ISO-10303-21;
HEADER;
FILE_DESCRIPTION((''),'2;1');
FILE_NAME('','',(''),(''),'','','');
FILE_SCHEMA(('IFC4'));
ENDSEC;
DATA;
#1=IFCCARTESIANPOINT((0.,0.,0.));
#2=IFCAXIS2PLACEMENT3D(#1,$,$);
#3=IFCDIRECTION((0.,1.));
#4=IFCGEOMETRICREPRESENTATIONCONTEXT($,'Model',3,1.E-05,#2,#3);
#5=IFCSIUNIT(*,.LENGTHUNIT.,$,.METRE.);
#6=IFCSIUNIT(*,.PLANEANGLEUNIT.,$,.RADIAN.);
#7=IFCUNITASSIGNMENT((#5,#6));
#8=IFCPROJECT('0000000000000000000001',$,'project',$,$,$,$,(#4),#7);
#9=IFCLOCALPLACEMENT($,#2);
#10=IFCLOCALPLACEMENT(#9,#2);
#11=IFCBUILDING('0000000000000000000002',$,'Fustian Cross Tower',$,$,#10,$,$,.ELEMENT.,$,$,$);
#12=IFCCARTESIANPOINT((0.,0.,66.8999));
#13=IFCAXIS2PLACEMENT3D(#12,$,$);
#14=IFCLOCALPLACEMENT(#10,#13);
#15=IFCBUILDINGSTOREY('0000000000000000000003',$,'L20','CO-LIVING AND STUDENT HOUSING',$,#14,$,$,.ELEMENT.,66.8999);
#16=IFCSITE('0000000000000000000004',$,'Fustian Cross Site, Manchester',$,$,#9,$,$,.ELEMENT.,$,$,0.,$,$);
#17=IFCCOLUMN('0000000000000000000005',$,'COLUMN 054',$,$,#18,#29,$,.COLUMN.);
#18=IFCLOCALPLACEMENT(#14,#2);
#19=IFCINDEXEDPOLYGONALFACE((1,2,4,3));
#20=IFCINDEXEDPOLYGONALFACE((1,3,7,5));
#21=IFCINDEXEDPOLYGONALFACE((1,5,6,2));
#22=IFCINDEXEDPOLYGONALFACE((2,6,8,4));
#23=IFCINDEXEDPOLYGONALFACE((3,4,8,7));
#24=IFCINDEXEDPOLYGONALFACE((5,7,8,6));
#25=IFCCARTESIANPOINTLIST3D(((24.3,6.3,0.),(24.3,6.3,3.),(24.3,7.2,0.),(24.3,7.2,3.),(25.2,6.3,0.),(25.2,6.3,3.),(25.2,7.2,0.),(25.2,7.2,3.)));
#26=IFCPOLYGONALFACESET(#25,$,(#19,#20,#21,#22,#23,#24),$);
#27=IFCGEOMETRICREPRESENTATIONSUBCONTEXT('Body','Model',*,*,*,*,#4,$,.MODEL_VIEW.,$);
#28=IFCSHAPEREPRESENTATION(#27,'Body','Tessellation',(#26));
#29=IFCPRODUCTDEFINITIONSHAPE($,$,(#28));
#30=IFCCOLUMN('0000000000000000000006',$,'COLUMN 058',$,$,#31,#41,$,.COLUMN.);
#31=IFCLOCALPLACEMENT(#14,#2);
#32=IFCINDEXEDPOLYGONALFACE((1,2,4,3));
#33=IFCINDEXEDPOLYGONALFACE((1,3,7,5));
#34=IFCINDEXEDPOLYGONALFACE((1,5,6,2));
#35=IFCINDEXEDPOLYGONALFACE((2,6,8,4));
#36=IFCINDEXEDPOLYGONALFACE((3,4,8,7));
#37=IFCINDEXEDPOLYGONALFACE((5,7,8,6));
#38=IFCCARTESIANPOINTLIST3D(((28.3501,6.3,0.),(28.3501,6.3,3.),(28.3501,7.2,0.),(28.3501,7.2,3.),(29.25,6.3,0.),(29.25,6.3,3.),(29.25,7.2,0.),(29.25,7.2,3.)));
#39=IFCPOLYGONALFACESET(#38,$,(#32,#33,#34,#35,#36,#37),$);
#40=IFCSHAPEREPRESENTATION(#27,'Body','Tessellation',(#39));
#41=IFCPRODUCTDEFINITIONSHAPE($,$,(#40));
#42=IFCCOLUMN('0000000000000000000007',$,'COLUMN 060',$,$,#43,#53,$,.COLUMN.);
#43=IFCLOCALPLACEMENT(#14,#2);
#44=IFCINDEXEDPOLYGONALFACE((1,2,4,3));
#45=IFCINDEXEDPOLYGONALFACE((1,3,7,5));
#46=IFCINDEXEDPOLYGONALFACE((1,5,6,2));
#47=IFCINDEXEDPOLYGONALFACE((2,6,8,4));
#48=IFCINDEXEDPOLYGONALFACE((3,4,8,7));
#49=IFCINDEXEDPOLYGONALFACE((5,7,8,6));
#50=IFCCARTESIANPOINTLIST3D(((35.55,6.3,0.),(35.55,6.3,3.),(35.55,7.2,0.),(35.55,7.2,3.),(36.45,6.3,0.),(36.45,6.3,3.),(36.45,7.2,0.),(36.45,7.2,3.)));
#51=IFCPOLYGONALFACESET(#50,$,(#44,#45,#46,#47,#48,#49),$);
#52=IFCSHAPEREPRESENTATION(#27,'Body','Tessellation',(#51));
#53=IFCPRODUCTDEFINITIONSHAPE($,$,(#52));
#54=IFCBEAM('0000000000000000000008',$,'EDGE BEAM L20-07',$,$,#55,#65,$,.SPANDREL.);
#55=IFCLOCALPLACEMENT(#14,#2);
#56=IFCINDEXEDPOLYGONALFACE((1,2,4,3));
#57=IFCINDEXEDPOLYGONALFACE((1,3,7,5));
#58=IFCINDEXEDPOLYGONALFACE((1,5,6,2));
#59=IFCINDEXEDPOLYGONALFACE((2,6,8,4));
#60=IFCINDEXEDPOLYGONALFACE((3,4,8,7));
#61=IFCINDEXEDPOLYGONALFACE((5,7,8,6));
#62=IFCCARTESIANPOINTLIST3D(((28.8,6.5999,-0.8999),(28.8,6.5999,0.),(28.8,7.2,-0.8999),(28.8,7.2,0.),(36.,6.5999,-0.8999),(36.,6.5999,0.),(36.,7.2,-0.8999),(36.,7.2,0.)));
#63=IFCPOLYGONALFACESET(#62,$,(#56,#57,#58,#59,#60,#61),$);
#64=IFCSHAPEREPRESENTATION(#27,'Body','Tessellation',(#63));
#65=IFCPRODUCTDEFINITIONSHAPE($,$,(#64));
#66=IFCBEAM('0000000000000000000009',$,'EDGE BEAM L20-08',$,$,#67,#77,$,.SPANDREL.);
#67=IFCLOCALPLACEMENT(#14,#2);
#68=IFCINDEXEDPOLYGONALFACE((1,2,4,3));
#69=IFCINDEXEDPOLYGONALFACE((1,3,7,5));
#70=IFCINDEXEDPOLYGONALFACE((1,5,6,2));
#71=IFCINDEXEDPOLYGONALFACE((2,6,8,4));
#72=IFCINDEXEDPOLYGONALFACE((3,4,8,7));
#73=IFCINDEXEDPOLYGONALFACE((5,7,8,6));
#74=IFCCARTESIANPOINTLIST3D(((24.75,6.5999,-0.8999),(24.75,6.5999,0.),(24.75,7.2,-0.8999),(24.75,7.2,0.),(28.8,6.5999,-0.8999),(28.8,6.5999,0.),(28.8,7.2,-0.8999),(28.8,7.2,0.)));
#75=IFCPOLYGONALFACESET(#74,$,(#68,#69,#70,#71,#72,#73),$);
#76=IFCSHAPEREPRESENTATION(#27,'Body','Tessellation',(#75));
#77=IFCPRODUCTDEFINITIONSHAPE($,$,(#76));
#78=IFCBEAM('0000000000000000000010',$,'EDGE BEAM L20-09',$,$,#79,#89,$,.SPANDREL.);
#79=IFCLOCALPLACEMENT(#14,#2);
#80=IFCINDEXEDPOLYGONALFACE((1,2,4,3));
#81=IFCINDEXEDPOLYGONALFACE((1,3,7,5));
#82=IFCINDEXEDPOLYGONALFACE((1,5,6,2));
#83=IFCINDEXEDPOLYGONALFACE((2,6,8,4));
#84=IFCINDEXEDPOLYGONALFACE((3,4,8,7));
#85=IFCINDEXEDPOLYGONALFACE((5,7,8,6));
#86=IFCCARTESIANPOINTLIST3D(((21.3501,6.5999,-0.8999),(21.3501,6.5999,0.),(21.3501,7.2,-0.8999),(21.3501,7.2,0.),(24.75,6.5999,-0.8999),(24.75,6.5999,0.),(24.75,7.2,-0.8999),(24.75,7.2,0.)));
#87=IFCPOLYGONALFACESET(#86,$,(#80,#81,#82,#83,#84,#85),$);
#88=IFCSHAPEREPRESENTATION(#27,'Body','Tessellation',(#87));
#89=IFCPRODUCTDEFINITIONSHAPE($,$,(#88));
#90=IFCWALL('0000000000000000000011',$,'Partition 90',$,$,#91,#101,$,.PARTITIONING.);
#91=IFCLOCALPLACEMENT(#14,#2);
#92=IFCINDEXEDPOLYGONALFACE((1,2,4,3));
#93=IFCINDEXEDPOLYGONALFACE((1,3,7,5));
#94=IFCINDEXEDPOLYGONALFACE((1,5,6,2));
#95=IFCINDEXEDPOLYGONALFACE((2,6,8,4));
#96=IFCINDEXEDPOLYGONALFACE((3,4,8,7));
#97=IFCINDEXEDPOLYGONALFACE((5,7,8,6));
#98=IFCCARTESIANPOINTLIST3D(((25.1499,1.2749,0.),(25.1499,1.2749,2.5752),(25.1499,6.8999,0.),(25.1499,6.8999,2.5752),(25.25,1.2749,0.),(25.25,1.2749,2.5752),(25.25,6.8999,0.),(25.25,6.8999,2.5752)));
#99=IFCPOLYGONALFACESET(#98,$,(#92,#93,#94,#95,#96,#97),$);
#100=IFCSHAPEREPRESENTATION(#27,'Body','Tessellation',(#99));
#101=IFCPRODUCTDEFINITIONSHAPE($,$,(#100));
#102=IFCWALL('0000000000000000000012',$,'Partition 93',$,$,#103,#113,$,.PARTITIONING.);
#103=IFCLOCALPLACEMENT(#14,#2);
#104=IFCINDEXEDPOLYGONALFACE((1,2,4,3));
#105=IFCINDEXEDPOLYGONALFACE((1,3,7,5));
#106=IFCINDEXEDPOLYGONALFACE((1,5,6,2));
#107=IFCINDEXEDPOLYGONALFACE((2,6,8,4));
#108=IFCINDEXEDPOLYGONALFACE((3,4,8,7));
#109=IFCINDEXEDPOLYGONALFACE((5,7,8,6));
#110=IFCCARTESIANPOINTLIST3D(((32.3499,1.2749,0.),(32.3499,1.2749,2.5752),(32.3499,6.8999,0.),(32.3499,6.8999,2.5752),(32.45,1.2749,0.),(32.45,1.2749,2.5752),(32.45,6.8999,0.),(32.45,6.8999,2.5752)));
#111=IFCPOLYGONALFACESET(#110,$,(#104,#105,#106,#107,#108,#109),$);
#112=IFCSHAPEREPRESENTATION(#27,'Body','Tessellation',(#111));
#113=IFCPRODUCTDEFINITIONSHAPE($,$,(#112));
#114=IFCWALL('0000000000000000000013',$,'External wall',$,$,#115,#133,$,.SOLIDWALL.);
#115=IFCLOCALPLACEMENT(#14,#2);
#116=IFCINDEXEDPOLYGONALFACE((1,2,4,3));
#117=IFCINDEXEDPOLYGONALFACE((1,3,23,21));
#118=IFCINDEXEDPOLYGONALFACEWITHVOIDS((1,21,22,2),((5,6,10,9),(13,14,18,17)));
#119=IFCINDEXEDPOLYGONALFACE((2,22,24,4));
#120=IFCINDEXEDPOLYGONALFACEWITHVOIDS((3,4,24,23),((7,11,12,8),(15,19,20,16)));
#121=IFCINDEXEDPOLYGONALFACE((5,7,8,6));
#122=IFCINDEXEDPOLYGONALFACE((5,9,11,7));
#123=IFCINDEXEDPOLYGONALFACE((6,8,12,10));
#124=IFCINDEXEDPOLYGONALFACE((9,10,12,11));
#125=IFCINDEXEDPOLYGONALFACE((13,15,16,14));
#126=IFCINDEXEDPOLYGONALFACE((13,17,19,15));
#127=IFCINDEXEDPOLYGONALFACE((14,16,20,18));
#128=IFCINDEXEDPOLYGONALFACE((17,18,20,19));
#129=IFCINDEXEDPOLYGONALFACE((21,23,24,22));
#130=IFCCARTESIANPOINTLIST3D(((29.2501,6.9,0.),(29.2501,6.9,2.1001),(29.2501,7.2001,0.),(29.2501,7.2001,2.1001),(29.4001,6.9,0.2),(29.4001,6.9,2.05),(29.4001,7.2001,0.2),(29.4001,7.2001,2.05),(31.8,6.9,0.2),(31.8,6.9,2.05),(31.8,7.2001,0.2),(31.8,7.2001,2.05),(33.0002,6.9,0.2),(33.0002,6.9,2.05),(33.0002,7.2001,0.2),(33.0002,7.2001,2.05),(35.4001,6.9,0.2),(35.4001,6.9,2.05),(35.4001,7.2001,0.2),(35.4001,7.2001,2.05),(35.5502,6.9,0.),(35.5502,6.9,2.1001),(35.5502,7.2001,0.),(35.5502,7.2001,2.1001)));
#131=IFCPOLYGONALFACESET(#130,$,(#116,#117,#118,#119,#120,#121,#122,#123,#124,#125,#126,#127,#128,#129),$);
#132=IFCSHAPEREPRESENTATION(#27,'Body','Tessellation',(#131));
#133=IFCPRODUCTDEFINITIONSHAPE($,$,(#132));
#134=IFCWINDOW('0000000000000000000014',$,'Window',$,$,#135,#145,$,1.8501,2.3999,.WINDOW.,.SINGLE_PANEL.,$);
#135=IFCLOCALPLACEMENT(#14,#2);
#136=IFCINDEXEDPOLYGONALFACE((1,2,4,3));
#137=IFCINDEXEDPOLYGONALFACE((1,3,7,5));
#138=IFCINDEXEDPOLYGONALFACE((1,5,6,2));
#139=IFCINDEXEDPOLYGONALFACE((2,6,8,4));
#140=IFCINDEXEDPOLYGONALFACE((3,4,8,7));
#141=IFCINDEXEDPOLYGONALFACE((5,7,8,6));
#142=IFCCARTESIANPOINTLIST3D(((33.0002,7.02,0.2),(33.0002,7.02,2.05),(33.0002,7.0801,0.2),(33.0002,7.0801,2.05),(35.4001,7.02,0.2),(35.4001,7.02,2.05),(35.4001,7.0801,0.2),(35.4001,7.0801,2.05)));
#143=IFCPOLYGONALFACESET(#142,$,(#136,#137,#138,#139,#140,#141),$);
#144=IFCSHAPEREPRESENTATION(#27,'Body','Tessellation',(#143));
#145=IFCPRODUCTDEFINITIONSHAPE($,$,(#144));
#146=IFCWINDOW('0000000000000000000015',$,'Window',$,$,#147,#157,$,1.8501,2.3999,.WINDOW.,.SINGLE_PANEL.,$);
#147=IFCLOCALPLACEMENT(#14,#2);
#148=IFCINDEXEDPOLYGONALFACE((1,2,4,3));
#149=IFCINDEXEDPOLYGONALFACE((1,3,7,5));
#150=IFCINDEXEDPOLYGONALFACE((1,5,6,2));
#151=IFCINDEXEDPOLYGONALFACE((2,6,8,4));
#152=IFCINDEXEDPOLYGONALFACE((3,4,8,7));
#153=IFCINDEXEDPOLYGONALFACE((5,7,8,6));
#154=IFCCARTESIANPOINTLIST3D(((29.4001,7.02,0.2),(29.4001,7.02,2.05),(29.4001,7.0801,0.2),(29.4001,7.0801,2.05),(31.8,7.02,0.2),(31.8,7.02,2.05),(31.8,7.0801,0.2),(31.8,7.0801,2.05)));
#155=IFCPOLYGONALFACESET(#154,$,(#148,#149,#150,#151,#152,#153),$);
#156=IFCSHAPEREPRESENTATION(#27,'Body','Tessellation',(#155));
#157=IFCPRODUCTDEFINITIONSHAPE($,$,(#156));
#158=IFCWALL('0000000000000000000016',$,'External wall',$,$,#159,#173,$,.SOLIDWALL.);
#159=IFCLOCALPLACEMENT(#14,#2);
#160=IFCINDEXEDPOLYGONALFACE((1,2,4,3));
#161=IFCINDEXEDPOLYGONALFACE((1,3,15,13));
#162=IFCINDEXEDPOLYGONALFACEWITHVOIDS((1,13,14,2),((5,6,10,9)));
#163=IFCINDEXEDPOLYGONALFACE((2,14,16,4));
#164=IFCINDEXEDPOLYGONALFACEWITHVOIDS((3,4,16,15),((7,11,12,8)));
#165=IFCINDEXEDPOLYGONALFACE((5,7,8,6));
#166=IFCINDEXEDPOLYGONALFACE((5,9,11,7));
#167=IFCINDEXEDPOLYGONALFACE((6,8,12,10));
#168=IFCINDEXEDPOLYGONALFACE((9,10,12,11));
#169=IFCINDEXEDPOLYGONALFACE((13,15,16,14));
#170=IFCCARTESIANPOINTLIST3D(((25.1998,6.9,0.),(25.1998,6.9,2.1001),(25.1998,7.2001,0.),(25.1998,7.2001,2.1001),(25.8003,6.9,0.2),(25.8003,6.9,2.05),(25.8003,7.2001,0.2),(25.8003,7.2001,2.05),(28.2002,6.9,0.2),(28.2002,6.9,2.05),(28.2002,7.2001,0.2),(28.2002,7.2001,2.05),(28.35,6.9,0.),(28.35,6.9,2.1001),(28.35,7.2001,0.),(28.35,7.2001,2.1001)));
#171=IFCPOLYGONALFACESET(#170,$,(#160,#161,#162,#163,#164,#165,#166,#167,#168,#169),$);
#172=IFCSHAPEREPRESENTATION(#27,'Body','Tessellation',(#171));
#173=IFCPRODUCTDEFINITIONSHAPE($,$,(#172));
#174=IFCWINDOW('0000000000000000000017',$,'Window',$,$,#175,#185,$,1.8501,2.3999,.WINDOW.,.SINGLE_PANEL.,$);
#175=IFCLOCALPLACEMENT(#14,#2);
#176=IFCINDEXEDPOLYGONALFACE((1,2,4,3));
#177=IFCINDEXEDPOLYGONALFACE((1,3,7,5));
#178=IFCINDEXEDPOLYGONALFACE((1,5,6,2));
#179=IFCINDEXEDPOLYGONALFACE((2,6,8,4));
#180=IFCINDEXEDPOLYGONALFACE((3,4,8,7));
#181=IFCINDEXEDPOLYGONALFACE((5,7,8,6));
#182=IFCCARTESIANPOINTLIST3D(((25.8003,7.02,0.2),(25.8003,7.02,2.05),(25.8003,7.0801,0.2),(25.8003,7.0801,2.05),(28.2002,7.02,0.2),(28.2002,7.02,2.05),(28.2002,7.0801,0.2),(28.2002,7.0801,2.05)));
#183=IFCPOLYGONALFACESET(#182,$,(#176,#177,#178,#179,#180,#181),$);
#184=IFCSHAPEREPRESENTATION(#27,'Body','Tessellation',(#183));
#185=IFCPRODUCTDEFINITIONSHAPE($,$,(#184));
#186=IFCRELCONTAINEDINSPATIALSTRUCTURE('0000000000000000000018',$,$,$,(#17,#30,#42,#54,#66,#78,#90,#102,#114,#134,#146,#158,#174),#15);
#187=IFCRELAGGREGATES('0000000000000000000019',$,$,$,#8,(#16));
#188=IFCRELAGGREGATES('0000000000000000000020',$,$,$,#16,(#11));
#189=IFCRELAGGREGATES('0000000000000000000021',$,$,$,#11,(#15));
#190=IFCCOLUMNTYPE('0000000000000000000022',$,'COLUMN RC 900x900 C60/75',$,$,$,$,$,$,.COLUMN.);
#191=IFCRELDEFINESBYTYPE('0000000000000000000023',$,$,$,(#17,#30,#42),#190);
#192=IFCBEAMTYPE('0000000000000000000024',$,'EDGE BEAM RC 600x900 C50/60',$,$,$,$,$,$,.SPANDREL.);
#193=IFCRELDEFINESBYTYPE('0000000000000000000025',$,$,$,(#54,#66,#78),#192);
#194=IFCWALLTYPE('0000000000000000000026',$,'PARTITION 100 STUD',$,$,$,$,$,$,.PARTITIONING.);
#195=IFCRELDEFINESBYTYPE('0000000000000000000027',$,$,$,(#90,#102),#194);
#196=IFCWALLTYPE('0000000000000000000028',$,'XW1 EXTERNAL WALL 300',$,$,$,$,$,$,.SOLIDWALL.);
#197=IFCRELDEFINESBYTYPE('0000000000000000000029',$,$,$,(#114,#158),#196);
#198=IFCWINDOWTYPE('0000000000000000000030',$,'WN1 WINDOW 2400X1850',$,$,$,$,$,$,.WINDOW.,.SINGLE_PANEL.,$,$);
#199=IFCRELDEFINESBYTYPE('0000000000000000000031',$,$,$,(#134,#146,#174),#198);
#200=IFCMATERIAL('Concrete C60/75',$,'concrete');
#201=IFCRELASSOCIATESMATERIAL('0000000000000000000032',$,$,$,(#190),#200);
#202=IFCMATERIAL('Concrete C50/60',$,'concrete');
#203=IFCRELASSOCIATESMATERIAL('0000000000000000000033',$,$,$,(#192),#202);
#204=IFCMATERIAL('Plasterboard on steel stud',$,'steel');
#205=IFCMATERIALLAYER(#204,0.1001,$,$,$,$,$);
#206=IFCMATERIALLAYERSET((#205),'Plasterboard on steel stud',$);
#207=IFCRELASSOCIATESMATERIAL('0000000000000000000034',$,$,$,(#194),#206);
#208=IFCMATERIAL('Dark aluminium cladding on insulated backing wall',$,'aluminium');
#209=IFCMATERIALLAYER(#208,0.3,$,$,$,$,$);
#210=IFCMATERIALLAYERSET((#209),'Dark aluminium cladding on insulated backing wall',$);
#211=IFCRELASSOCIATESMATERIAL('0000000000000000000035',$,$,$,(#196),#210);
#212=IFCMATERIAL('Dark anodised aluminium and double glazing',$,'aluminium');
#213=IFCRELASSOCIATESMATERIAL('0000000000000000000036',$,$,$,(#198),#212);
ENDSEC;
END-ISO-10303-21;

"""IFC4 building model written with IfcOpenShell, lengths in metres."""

from ifc_helpers import new_model, si_unit, direction, frame, frame_2d, origin, origin_2d, place, context, subcontext, project, spatial, rectangle, extrude, material, layer, layer_set, material_profile, profile_set, type_object, element, fill, save


model = new_model("IFC4")

# Units and contexts
model_context = context("Model", 3, precision=1e-05, world=origin(), true_north=direction((0.0, 1.0)))
body_context = subcontext(model_context, "Body", "Model", "MODEL_VIEW")
ifc_project = project(units=[si_unit("LENGTHUNIT", "METRE"), si_unit("PLANEANGLEUNIT", "RADIAN")], contexts=[model_context])

# Site, building, storey
site_placement = place(None, origin())
site = spatial("IfcSite", under=ifc_project, at=site_placement, Name="Fustian Cross Site, Manchester", CompositionType="ELEMENT", RefElevation=0.0)
building_placement = place(site_placement, origin())
building = spatial("IfcBuilding", under=site, at=building_placement, Name="Fustian Cross Tower", CompositionType="ELEMENT")
storey_placement = place(building_placement, frame((0.0, 0.0, 66.8999)))
storey = spatial("IfcBuildingStorey", under=building, at=storey_placement, Name="L20", Description="CO-LIVING AND STUDENT HOUSING", CompositionType="ELEMENT", Elevation=66.8999)

# Columns
ifc_material_1 = material(Name="Concrete C60/75", Category="concrete")
ifc_material_profile_1 = material_profile(ifc_material_1, rectangle(XDim=0.8999, YDim=0.8999, at=origin_2d()), Name="RC 900x900")
ifc_profile_set_1 = profile_set([ifc_material_profile_1], Name="Concrete C60/75")
column_type = type_object("IfcColumnType", Name="COLUMN RC 900x900 C60/75", PredefinedType="COLUMN", material=ifc_profile_set_1)
for number, where, z_axis, x_axis, name in (
    (1, (24.75, 6.75, 0.0), (0.0, 0.0, 1.0), (1.0, 0.0, 0.0), "COLUMN 054"),
    (2, (28.8, 6.75, 0.0), (0.0, 0.0, 1.0), (1.0, 0.0, 0.0), "COLUMN 058"),
    (3, (36.0, 6.75, 0.0), (0.0, 0.0, 1.0), (1.0, 0.0, 0.0), "COLUMN 060"),
):
    element("IfcColumn", number, at=place(storey_placement, frame(where, z_axis=z_axis, x_axis=x_axis)), inside=storey, type_object=column_type, Name=name, PredefinedType="COLUMN", context=body_context, shape_type="SweptSolid", body=[
        extrude(rectangle(XDim=0.8999, YDim=0.8999, at=origin_2d()), origin(), (0.0, 0.0, 1.0), 3.0),
    ])

# Beams
ifc_material_2 = material(Name="Concrete C50/60", Category="concrete")
ifc_material_profile_2 = material_profile(ifc_material_2, rectangle(XDim=0.6001, YDim=0.8999, at=origin_2d()), Name="RC 600x900")
ifc_profile_set_2 = profile_set([ifc_material_profile_2], Name="Concrete C50/60")
beam_type = type_object("IfcBeamType", Name="EDGE BEAM RC 600x900 C50/60", PredefinedType="SPANDREL", material=ifc_profile_set_2)
beam_1_placement = place(storey_placement, frame((36.0, 6.8999, -0.45), z_axis=(-1.0, 0.0, 0.0), x_axis=(0.0, -1.0, 0.0)))
element("IfcBeam", 4, at=beam_1_placement, inside=storey, type_object=beam_type, Name="EDGE BEAM L20-07", PredefinedType="SPANDREL", context=body_context, shape_type="SweptSolid", body=[
    extrude(rectangle(XDim=0.6001, YDim=0.8999, at=origin_2d()), origin(), (0.0, 0.0, 1.0), 7.2),
])
beam_2_placement = place(storey_placement, frame((28.8, 6.8999, -0.45), z_axis=(-1.0, 0.0, 0.0), x_axis=(0.0, -1.0, 0.0)))
element("IfcBeam", 5, at=beam_2_placement, inside=storey, type_object=beam_type, Name="EDGE BEAM L20-08", PredefinedType="SPANDREL", context=body_context, shape_type="SweptSolid", body=[
    extrude(rectangle(XDim=0.6001, YDim=0.8999, at=origin_2d()), origin(), (0.0, 0.0, 1.0), 4.05),
])
beam_3_placement = place(storey_placement, frame((24.75, 6.8999, -0.45), z_axis=(-1.0, 0.0, 0.0), x_axis=(0.0, -1.0, 0.0)))
element("IfcBeam", 6, at=beam_3_placement, inside=storey, type_object=beam_type, Name="EDGE BEAM L20-09", PredefinedType="SPANDREL", context=body_context, shape_type="SweptSolid", body=[
    extrude(rectangle(XDim=0.6001, YDim=0.8999, at=origin_2d()), origin(), (0.0, 0.0, 1.0), 3.3999),
])

# Walls
ifc_material_3 = material(Name="Plasterboard on steel stud", Category="steel")
ifc_layer_1 = layer(ifc_material_3, 0.1001)
ifc_layer_set_1 = layer_set([ifc_layer_1], Name="Plasterboard on steel stud")
wall_type_1 = type_object("IfcWallType", Name="PARTITION 100 STUD", PredefinedType="PARTITIONING", material=ifc_layer_set_1)
for number, where, z_axis, x_axis, name in (
    (7, (25.2, 1.2749, 0.0), (0.0, 0.0, 1.0), (0.0, 1.0, 0.0), "Partition 90"),
    (8, (32.3999, 1.2749, 0.0), (0.0, 0.0, 1.0), (0.0, 1.0, 0.0), "Partition 93"),
):
    element("IfcWall", number, at=place(storey_placement, frame(where, z_axis=z_axis, x_axis=x_axis)), inside=storey, type_object=wall_type_1, Name=name, PredefinedType="PARTITIONING", context=body_context, shape_type="SweptSolid", body=[
        extrude(rectangle(XDim=5.625, YDim=0.1001, at=frame_2d((2.8125, 0.0))), origin(), (0.0, 0.0, 1.0), 2.5752),
    ])

# Wall, openings, windows
ifc_material_4 = material(Name="Dark aluminium cladding on insulated backing wall", Category="aluminium")
ifc_layer_2 = layer(ifc_material_4, 0.3)
ifc_layer_set_2 = layer_set([ifc_layer_2], Name="Dark aluminium cladding on insulated backing wall")
wall_type_2 = type_object("IfcWallType", Name="XW1 EXTERNAL WALL 300", PredefinedType="SOLIDWALL", material=ifc_layer_set_2)
wall_1_placement = place(storey_placement, frame((35.55, 7.05, 0.0), z_axis=(0.0, 0.0, 1.0), x_axis=(-1.0, 0.0, 0.0)))
wall_1 = element("IfcWall", 9, at=wall_1_placement, inside=storey, type_object=wall_type_2, Name="External wall", PredefinedType="SOLIDWALL", context=body_context, shape_type="SweptSolid", body=[
    extrude(rectangle(XDim=6.3, YDim=0.3, at=frame_2d((3.1499, 0.0))), origin(), (0.0, 0.0, 1.0), 2.1001),
])
opening_1_placement = place(wall_1_placement, frame((0.1499, 0.0, 0.2)))
opening_1 = element("IfcOpeningElement", 10, at=opening_1_placement, cuts=wall_1, PredefinedType="OPENING", context=body_context, shape_type="SweptSolid", body=[
    extrude(rectangle(XDim=2.3999, YDim=1.8501, at=frame_2d((1.2, 0.925))), frame((0.0, 0.1599, 0.0), z_axis=(0.0, -1.0, 0.0), x_axis=(1.0, 0.0, 0.0)), (0.0, 0.0, 1.0), 0.3201),
])
opening_2_placement = place(wall_1_placement, frame((3.75, 0.0, 0.2)))
opening_2 = element("IfcOpeningElement", 11, at=opening_2_placement, cuts=wall_1, PredefinedType="OPENING", context=body_context, shape_type="SweptSolid", body=[
    extrude(rectangle(XDim=2.3999, YDim=1.8501, at=frame_2d((1.2, 0.925))), frame((0.0, 0.1599, 0.0), z_axis=(0.0, -1.0, 0.0), x_axis=(1.0, 0.0, 0.0)), (0.0, 0.0, 1.0), 0.3201),
])
ifc_material_5 = material(Name="Dark anodised aluminium and double glazing", Category="aluminium")
window_type = type_object("IfcWindowType", Name="WN1 WINDOW 2400X1850", PartitioningType="SINGLE_PANEL", PredefinedType="WINDOW", material=ifc_material_5)
window_1_placement = place(opening_1_placement, origin())
window_1 = element("IfcWindow", 12, at=window_1_placement, inside=storey, type_object=window_type, Name="Window", OverallHeight=1.8501, OverallWidth=2.3999, PartitioningType="SINGLE_PANEL", PredefinedType="WINDOW", context=body_context, shape_type="SweptSolid", body=[
    extrude(rectangle(XDim=2.3999, YDim=1.8501, at=frame_2d((1.2, 0.925))), frame((0.0, 0.03, 0.0), z_axis=(0.0, -1.0, 0.0), x_axis=(1.0, 0.0, 0.0)), (0.0, 0.0, 1.0), 0.0601),
])
fill(opening_1, window_1)
window_2_placement = place(opening_2_placement, origin())
window_2 = element("IfcWindow", 13, at=window_2_placement, inside=storey, type_object=window_type, Name="Window", OverallHeight=1.8501, OverallWidth=2.3999, PartitioningType="SINGLE_PANEL", PredefinedType="WINDOW", context=body_context, shape_type="SweptSolid", body=[
    extrude(rectangle(XDim=2.3999, YDim=1.8501, at=frame_2d((1.2, 0.925))), frame((0.0, 0.03, 0.0), z_axis=(0.0, -1.0, 0.0), x_axis=(1.0, 0.0, 0.0)), (0.0, 0.0, 1.0), 0.0601),
])
fill(opening_2, window_2)

# Wall, opening, window
wall_2_placement = place(storey_placement, frame((28.3501, 7.05, 0.0), z_axis=(0.0, 0.0, 1.0), x_axis=(-1.0, 0.0, 0.0)))
wall_2 = element("IfcWall", 14, at=wall_2_placement, inside=storey, type_object=wall_type_2, Name="External wall", PredefinedType="SOLIDWALL", context=body_context, shape_type="SweptSolid", body=[
    extrude(rectangle(XDim=3.1501, YDim=0.3, at=frame_2d((1.5752, 0.0))), origin(), (0.0, 0.0, 1.0), 2.1001),
])
opening_3_placement = place(wall_2_placement, frame((0.1499, 0.0, 0.2)))
opening_3 = element("IfcOpeningElement", 15, at=opening_3_placement, cuts=wall_2, PredefinedType="OPENING", context=body_context, shape_type="SweptSolid", body=[
    extrude(rectangle(XDim=2.3999, YDim=1.8501, at=frame_2d((1.2, 0.925))), frame((0.0, 0.1599, 0.0), z_axis=(0.0, -1.0, 0.0), x_axis=(1.0, 0.0, 0.0)), (0.0, 0.0, 1.0), 0.3201),
])
window_3_placement = place(opening_3_placement, origin())
window_3 = element("IfcWindow", 16, at=window_3_placement, inside=storey, type_object=window_type, Name="Window", OverallHeight=1.8501, OverallWidth=2.3999, PartitioningType="SINGLE_PANEL", PredefinedType="WINDOW", context=body_context, shape_type="SweptSolid", body=[
    extrude(rectangle(XDim=2.3999, YDim=1.8501, at=frame_2d((1.2, 0.925))), frame((0.0, 0.03, 0.0), z_axis=(0.0, -1.0, 0.0), x_axis=(1.0, 0.0, 0.0)), (0.0, 0.0, 1.0), 0.0601),
])
fill(opening_3, window_3)

save(model, "model.ifc")
